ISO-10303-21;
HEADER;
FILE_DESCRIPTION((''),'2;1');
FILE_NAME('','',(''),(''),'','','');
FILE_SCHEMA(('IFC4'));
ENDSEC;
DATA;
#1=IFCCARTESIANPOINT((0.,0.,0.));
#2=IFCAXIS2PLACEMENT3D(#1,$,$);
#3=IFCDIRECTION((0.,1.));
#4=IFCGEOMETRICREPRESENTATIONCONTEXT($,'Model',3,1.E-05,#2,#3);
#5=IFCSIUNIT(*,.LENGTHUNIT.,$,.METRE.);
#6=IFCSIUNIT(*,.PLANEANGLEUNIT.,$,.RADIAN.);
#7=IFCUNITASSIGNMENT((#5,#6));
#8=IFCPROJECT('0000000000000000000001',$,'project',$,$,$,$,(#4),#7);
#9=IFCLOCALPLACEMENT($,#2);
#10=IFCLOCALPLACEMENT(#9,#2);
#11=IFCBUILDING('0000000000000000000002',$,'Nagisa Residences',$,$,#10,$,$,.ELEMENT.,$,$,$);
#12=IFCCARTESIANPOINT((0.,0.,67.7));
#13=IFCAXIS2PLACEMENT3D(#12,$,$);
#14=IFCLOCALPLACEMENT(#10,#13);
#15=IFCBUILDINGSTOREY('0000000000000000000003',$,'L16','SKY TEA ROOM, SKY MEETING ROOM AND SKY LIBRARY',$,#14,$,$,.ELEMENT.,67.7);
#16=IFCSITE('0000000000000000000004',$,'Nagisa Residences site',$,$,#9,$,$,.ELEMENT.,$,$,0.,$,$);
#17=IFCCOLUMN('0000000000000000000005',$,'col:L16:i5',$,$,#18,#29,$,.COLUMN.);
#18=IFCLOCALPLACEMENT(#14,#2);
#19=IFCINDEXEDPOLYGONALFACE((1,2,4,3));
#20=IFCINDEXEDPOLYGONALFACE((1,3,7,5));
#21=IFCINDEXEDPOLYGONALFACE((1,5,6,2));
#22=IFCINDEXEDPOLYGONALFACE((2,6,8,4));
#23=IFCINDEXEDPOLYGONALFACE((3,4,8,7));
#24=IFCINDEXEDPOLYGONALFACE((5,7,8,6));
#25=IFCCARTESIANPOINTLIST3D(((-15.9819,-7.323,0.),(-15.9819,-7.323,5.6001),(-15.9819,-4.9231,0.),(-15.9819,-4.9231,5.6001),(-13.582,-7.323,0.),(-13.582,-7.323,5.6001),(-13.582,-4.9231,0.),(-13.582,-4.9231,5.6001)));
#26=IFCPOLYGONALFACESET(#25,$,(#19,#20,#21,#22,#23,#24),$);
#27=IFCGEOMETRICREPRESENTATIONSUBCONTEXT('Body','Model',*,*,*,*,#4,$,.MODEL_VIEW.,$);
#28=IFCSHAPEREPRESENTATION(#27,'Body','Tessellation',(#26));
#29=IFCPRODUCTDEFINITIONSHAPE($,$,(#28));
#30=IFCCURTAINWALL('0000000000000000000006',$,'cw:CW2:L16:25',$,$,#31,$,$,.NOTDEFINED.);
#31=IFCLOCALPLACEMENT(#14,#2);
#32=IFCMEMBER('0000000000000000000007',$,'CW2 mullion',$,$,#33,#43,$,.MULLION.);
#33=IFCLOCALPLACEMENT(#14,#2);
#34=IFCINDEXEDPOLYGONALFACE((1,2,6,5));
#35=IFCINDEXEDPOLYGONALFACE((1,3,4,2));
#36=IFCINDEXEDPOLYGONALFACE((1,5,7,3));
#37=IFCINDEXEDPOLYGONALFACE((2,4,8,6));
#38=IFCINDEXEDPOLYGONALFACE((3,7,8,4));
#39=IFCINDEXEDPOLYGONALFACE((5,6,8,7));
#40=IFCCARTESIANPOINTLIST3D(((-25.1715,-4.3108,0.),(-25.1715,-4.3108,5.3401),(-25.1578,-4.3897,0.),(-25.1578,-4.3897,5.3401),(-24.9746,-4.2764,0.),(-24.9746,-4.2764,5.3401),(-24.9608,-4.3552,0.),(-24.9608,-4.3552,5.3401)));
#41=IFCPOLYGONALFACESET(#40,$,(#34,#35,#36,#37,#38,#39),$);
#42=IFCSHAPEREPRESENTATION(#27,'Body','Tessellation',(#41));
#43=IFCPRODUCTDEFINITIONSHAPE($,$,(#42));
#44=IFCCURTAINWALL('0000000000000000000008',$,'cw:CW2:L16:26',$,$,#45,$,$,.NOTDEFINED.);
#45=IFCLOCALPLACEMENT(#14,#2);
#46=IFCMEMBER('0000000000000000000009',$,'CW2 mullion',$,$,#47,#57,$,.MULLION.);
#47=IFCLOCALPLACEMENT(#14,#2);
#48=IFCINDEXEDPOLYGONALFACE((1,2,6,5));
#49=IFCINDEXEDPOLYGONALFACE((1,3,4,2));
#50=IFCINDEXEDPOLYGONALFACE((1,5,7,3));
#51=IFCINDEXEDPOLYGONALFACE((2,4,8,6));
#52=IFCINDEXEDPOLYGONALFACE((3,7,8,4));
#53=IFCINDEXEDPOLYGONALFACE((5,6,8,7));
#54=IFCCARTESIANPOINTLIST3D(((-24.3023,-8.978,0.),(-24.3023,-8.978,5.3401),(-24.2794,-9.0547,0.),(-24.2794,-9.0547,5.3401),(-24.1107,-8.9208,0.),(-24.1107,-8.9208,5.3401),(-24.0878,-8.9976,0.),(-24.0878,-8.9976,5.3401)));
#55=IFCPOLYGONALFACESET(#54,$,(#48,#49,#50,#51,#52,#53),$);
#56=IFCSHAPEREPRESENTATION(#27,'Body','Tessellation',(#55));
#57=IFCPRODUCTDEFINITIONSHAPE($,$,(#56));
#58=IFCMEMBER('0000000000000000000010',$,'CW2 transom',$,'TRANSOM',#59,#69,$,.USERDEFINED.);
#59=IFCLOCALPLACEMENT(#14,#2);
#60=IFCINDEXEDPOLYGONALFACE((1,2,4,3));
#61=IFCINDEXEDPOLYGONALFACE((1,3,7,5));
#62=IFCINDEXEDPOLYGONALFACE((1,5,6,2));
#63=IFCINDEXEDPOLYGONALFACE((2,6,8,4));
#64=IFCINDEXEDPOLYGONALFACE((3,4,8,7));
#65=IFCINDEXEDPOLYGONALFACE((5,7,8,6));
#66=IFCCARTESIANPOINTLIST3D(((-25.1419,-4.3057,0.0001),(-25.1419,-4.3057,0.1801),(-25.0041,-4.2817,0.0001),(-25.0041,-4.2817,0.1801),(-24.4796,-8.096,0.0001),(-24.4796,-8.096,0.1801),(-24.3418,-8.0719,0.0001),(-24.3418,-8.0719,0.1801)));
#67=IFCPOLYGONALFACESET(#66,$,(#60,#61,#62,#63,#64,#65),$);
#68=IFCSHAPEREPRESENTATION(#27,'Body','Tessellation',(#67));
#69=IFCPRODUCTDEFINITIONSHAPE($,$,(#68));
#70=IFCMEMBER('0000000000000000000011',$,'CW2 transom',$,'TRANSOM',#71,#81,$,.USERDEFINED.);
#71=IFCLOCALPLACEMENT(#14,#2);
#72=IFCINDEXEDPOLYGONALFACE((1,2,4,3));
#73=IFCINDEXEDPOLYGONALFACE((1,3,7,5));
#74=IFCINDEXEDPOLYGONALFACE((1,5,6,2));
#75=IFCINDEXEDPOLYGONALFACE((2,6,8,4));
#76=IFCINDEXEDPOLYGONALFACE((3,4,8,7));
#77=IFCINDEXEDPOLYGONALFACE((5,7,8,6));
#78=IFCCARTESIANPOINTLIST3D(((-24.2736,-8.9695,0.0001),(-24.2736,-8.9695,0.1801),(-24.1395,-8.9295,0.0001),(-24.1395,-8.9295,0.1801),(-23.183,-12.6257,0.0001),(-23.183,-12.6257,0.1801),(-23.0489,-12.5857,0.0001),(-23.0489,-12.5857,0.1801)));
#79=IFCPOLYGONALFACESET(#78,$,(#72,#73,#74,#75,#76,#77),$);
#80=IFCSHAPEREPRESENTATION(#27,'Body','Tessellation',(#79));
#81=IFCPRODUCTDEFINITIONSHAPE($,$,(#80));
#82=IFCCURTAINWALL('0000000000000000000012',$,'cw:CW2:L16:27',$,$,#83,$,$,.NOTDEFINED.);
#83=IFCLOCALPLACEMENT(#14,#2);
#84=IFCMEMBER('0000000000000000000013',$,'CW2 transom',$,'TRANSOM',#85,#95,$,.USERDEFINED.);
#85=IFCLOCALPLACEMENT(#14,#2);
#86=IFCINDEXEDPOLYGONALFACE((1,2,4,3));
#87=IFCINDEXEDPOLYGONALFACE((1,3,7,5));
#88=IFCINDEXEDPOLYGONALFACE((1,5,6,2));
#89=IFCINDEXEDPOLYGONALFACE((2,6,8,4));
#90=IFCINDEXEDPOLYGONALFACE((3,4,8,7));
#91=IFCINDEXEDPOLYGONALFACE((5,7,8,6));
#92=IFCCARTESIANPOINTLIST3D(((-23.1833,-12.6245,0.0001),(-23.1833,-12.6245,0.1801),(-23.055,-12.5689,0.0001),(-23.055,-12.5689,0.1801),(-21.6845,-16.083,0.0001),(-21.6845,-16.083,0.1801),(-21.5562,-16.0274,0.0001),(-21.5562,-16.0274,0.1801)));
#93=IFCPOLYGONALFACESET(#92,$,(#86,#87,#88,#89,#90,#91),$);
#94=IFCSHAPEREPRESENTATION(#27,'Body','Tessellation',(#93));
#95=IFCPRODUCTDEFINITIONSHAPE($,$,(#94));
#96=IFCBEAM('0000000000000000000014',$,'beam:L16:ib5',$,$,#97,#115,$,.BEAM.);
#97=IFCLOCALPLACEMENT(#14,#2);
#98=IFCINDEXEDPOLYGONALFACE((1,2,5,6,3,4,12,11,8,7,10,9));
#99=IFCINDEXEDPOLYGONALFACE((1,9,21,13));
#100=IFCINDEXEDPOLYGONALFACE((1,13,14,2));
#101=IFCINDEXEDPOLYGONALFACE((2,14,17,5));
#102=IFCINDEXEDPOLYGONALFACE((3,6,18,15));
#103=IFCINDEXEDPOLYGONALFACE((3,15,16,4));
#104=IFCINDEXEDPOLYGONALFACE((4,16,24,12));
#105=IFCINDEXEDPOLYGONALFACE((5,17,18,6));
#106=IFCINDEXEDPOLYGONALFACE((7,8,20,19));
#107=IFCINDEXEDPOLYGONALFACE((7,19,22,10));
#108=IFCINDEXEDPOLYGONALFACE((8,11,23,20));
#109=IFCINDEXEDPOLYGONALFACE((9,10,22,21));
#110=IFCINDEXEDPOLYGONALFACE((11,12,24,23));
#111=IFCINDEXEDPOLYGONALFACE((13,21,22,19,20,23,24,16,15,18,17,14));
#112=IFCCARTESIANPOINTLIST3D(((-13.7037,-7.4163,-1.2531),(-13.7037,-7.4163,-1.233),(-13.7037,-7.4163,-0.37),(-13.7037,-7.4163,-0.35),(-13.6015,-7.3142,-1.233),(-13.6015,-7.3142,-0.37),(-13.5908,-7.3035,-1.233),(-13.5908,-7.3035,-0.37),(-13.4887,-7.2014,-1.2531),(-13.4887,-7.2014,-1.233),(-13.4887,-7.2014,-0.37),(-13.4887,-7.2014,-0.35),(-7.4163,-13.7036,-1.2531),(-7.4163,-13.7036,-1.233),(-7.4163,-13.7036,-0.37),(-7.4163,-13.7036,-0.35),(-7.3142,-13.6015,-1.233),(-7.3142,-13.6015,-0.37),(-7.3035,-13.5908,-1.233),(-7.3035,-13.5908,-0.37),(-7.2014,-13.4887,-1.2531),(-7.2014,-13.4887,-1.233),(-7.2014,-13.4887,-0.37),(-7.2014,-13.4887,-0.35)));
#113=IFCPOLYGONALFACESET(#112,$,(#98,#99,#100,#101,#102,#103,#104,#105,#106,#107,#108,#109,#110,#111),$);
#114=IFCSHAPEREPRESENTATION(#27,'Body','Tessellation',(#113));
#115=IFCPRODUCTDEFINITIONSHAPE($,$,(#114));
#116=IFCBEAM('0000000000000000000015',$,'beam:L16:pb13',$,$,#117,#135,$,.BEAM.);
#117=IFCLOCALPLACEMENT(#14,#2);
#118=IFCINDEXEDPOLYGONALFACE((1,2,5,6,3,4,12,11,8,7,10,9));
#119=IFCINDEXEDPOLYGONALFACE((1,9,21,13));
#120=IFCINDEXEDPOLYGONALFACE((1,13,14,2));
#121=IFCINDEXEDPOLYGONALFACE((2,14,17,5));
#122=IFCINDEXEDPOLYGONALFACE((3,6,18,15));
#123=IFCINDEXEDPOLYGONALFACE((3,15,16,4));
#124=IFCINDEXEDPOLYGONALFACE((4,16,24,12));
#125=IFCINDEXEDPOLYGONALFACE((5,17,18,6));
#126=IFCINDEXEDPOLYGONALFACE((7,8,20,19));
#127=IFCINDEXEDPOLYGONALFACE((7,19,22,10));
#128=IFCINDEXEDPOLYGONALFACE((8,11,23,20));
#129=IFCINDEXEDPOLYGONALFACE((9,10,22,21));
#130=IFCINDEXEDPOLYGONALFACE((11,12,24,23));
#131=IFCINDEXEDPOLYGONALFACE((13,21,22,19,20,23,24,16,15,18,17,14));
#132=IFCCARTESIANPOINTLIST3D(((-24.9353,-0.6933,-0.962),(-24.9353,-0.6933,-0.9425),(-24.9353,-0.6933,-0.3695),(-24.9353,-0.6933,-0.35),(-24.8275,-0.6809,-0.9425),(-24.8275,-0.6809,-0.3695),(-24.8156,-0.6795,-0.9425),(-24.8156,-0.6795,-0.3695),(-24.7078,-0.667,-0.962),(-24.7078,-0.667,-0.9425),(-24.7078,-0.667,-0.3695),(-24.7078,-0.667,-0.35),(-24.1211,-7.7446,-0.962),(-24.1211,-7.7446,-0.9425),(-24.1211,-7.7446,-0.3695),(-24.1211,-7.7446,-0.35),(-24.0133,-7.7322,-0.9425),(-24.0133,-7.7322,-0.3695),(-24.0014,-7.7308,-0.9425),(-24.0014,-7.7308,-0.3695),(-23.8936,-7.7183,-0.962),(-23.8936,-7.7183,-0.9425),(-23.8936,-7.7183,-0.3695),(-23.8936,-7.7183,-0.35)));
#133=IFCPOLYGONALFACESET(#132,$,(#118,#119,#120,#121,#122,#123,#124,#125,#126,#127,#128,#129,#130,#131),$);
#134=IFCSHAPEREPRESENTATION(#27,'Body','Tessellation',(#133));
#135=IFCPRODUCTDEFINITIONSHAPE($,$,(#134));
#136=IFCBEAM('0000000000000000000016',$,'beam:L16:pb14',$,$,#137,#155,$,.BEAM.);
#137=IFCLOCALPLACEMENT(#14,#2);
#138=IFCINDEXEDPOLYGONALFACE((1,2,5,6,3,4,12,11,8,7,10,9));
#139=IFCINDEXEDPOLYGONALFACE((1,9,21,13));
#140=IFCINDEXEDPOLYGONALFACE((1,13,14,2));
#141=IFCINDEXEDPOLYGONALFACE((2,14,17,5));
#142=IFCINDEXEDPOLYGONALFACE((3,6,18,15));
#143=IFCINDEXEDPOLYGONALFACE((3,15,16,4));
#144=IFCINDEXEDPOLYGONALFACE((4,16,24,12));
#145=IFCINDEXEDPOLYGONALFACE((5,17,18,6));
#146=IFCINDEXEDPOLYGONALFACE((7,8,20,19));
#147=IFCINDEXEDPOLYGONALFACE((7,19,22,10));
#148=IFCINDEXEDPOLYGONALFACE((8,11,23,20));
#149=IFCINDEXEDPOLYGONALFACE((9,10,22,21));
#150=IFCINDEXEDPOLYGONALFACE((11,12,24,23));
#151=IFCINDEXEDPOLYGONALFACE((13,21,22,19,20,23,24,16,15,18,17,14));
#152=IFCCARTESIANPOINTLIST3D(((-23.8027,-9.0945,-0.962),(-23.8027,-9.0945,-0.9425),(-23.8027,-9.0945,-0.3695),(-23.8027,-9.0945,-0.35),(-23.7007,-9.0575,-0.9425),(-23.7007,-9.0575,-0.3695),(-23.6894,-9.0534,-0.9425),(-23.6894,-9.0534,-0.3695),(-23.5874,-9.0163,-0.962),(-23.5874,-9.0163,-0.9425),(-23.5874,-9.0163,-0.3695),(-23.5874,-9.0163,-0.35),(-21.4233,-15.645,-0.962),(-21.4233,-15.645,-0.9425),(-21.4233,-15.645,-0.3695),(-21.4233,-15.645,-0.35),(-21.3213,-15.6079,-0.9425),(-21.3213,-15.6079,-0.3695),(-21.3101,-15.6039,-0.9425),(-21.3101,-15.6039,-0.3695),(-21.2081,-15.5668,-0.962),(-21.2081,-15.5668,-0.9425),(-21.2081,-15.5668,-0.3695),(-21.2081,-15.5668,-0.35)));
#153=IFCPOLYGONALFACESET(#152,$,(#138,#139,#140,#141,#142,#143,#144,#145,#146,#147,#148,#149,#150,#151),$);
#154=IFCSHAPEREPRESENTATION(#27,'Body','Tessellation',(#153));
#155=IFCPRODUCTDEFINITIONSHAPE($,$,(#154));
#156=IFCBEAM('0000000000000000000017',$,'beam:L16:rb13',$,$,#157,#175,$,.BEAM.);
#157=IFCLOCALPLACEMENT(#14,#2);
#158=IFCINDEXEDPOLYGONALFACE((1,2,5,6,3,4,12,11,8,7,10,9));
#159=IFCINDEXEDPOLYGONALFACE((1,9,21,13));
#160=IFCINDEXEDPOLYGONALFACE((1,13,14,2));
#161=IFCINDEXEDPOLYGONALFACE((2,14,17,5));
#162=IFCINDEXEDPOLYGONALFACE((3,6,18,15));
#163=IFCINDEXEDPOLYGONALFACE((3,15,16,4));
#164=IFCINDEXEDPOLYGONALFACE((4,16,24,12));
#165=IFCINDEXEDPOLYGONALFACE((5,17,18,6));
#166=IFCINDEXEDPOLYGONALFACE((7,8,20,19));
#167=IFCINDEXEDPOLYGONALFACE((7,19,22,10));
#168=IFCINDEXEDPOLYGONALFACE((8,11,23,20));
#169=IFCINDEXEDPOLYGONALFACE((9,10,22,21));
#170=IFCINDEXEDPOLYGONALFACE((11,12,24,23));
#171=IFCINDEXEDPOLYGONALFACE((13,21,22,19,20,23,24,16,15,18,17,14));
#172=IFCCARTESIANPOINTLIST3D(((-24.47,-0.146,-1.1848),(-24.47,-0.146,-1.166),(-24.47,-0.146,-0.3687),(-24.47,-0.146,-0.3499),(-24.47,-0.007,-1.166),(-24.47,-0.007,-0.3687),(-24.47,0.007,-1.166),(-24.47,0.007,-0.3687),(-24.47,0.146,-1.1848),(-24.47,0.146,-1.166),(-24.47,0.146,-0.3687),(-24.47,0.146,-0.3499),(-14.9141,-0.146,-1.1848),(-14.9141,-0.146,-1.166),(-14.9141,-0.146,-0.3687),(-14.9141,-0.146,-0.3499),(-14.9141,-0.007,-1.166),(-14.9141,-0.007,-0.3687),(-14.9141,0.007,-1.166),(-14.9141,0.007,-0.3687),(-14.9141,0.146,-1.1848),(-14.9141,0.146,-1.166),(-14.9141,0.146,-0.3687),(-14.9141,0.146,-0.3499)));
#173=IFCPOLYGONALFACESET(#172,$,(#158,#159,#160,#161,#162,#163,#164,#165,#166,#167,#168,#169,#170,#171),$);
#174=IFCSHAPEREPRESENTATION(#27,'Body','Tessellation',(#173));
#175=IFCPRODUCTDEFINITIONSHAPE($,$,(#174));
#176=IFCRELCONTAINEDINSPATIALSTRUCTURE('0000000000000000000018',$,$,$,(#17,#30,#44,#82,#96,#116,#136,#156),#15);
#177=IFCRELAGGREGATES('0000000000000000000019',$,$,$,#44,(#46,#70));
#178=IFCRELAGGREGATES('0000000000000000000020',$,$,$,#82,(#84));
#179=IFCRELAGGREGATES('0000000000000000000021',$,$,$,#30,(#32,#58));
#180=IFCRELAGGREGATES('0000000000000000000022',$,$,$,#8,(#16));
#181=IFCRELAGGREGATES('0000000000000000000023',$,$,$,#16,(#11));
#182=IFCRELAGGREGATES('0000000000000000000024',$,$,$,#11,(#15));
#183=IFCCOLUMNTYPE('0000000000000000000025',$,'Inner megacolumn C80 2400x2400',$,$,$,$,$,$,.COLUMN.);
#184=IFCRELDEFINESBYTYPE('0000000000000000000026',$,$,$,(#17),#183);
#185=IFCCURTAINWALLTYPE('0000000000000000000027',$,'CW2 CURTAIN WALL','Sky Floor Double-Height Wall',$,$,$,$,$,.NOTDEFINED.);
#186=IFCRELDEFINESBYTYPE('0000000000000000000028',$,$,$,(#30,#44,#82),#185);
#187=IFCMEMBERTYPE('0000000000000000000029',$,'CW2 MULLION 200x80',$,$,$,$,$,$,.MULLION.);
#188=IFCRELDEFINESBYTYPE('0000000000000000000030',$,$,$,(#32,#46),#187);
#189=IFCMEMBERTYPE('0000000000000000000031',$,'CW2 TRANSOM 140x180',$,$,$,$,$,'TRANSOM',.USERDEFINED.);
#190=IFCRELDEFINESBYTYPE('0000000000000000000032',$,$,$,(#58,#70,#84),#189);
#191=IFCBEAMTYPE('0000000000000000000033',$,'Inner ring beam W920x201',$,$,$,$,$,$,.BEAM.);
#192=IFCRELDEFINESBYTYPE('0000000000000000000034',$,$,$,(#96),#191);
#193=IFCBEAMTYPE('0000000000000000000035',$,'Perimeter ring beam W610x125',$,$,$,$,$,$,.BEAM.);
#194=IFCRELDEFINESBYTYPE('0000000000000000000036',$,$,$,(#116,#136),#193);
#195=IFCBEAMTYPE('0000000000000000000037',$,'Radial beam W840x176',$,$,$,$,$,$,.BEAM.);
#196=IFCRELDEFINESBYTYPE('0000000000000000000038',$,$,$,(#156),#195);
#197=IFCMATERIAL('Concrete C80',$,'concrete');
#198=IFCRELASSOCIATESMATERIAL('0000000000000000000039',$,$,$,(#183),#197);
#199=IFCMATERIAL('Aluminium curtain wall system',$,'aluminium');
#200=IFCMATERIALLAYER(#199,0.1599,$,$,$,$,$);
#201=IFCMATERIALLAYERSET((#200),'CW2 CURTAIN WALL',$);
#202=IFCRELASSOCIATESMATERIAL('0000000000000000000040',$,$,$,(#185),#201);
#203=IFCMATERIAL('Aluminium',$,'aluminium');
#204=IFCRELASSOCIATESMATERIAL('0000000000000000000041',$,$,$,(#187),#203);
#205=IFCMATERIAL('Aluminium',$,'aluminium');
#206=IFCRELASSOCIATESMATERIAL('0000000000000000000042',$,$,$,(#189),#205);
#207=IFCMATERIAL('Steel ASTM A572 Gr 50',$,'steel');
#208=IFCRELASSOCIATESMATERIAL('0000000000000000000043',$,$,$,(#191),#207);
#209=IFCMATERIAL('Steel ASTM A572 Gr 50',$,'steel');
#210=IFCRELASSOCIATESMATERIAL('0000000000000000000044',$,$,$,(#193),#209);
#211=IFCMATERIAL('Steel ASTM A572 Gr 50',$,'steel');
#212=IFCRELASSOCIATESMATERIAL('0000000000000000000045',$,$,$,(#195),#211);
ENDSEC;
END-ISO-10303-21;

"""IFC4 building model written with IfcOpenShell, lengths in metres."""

from ifc_helpers import new_model, si_unit, direction, frame, origin, origin_2d, place, context, subcontext, project, spatial, rectangle, i_section, extrude, material, layer, layer_set, material_profile, profile_set, type_object, element, aggregate, save


model = new_model("IFC4")

# Units and contexts
model_context = context("Model", 3, precision=1e-05, world=origin(), true_north=direction((0.0, 1.0)))
body_context = subcontext(model_context, "Body", "Model", "MODEL_VIEW")
ifc_project = project(units=[si_unit("LENGTHUNIT", "METRE"), si_unit("PLANEANGLEUNIT", "RADIAN")], contexts=[model_context])

# Site, building, storey
site_placement = place(None, origin())
site = spatial("IfcSite", under=ifc_project, at=site_placement, Name="Nagisa Residences site", CompositionType="ELEMENT", RefElevation=0.0)
building_placement = place(site_placement, origin())
building = spatial("IfcBuilding", under=site, at=building_placement, Name="Nagisa Residences", CompositionType="ELEMENT")
storey_placement = place(building_placement, frame((0.0, 0.0, 67.7)))
storey = spatial("IfcBuildingStorey", under=building, at=storey_placement, Name="L16", Description="SKY TEA ROOM, SKY MEETING ROOM AND SKY LIBRARY", CompositionType="ELEMENT", Elevation=67.7)

# Column
ifc_material_1 = material(Name="Concrete C80", Category="concrete")
ifc_material_profile_1 = material_profile(ifc_material_1, rectangle(XDim=2.3999, YDim=2.3999, at=origin_2d()), Name="C80 2400x2400")
ifc_profile_set_1 = profile_set([ifc_material_profile_1], Name="Concrete C80")
column_type = type_object("IfcColumnType", Name="Inner megacolumn C80 2400x2400", PredefinedType="COLUMN", material=ifc_profile_set_1)
column_placement = place(storey_placement, frame((-14.782, -6.123, 0.0), z_axis=(0.0, 0.0, 1.0), x_axis=(1.0, 0.0, 0.0)))
element("IfcColumn", 1, at=column_placement, inside=storey, type_object=column_type, Name="col:L16:i5", PredefinedType="COLUMN", context=body_context, shape_type="SweptSolid", body=[
    extrude(rectangle(XDim=2.3999, YDim=2.3999, at=origin_2d()), origin(), (0.0, 0.0, 1.0), 5.6001),
])

# Curtain walls, members
ifc_material_2 = material(Name="Aluminium curtain wall system", Category="aluminium")
ifc_layer_1 = layer(ifc_material_2, 0.1599)
ifc_layer_set_1 = layer_set([ifc_layer_1], Name="CW2 CURTAIN WALL")
curtain_wall_type = type_object("IfcCurtainWallType", Name="CW2 CURTAIN WALL", Description="Sky Floor Double-Height Wall", PredefinedType="NOTDEFINED", material=ifc_layer_set_1)
curtain_wall_1_placement = place(storey_placement, origin())
curtain_wall_1 = element("IfcCurtainWall", 2, at=curtain_wall_1_placement, inside=storey, type_object=curtain_wall_type, Name="cw:CW2:L16:25", PredefinedType="NOTDEFINED")
ifc_material_3 = material(Name="Aluminium", Category="aluminium")
ifc_material_profile_2 = material_profile(ifc_material_3, rectangle(XDim=0.2, YDim=0.0801, at=origin_2d()), Name="CW2 MULLION 200x80")
ifc_profile_set_2 = profile_set([ifc_material_profile_2], Name="Aluminium")
member_type_1 = type_object("IfcMemberType", Name="CW2 MULLION 200x80", PredefinedType="MULLION", material=ifc_profile_set_2)
member_1_placement = place(storey_placement, frame((-25.0662, -4.333, 0.0), z_axis=(0.0, 0.0, 1.0), x_axis=(0.985064, 0.172191, 0.0)))
member_1 = element("IfcMember", 3, at=member_1_placement, type_object=member_type_1, Name="CW2 mullion", PredefinedType="MULLION", context=body_context, shape_type="SweptSolid", body=[
    extrude(rectangle(XDim=0.2, YDim=0.0801, at=origin_2d()), origin(), (0.0, 0.0, 1.0), 5.3401),
])
curtain_wall_2_placement = place(storey_placement, origin())
curtain_wall_2 = element("IfcCurtainWall", 4, at=curtain_wall_2_placement, inside=storey, type_object=curtain_wall_type, Name="cw:CW2:L16:26", PredefinedType="NOTDEFINED")
member_2_placement = place(storey_placement, frame((-24.1951, -8.9878, 0.0), z_axis=(0.0, 0.0, 1.0), x_axis=(0.958271, 0.28586, 0.0)))
member_2 = element("IfcMember", 5, at=member_2_placement, type_object=member_type_1, Name="CW2 mullion", PredefinedType="MULLION", context=body_context, shape_type="SweptSolid", body=[
    extrude(rectangle(XDim=0.2, YDim=0.0801, at=origin_2d()), origin(), (0.0, 0.0, 1.0), 5.3401),
])

# Members
ifc_material_4 = material(Name="Aluminium", Category="aluminium")
ifc_material_profile_3 = material_profile(ifc_material_4, rectangle(XDim=0.1399, YDim=0.1799, at=origin_2d()), Name="CW2 TRANSOM 140x180")
ifc_profile_set_3 = profile_set([ifc_material_profile_3], Name="Aluminium")
member_type_2 = type_object("IfcMemberType", Name="CW2 TRANSOM 140x180", ElementType="TRANSOM", PredefinedType="USERDEFINED", material=ifc_profile_set_3)
member_3_placement = place(storey_placement, frame((-25.073, -4.2937, 0.0901), z_axis=(0.172142, -0.985072, 0.0), x_axis=(0.985072, 0.172142, 0.0)))
member_3 = element("IfcMember", 6, at=member_3_placement, type_object=member_type_2, Name="CW2 transom", ObjectType="TRANSOM", PredefinedType="USERDEFINED", context=body_context, shape_type="SweptSolid", body=[
    extrude(rectangle(XDim=0.1399, YDim=0.1799, at=origin_2d()), origin(), (0.0, 0.0, 1.0), 3.8477),
])
member_4_placement = place(storey_placement, frame((-24.2065, -8.9495, 0.0901), z_axis=(0.285833, -0.958279, 0.0), x_axis=(0.958279, 0.285833, 0.0)))
member_4 = element("IfcMember", 7, at=member_4_placement, type_object=member_type_2, Name="CW2 transom", ObjectType="TRANSOM", PredefinedType="USERDEFINED", context=body_context, shape_type="SweptSolid", body=[
    extrude(rectangle(XDim=0.1399, YDim=0.1799, at=origin_2d()), origin(), (0.0, 0.0, 1.0), 3.8154),
])
aggregate(curtain_wall_2, [member_2, member_4])

# Curtain wall, member
curtain_wall_3_placement = place(storey_placement, origin())
curtain_wall_3 = element("IfcCurtainWall", 8, at=curtain_wall_3_placement, inside=storey, type_object=curtain_wall_type, Name="cw:CW2:L16:27", PredefinedType="NOTDEFINED")
member_5_placement = place(storey_placement, frame((-23.1191, -12.5967, 0.0901), z_axis=(0.397629, -0.917546, 0.0), x_axis=(0.917546, 0.397629, 0.0)))
member_5 = element("IfcMember", 9, at=member_5_placement, type_object=member_type_2, Name="CW2 transom", ObjectType="TRANSOM", PredefinedType="USERDEFINED", context=body_context, shape_type="SweptSolid", body=[
    extrude(rectangle(XDim=0.1399, YDim=0.1799, at=origin_2d()), origin(), (0.0, 0.0, 1.0), 3.7693),
])
aggregate(curtain_wall_3, [member_5])

# Beams
ifc_material_5 = material(Name="Steel ASTM A572 Gr 50", Category="steel")
ifc_material_profile_4 = material_profile(ifc_material_5, i_section(OverallWidth=0.304, OverallDepth=0.9031, WebThickness=0.0151, FlangeThickness=0.02, at=origin_2d()), Name="W920x201")
ifc_profile_set_4 = profile_set([ifc_material_profile_4], Name="Steel ASTM A572 Gr 50")
beam_type_1 = type_object("IfcBeamType", Name="Inner ring beam W920x201", PredefinedType="BEAM", material=ifc_profile_set_4)
beam_1_placement = place(storey_placement, frame((-13.5962, -7.3088, -0.8015), z_axis=(0.707107, -0.707107, 0.0), x_axis=(0.707107, 0.707107, 0.0)))
element("IfcBeam", 10, at=beam_1_placement, inside=storey, type_object=beam_type_1, Name="beam:L16:ib5", PredefinedType="BEAM", context=body_context, shape_type="SweptSolid", body=[
    extrude(i_section(OverallWidth=0.304, OverallDepth=0.9031, WebThickness=0.0151, FlangeThickness=0.02, at=origin_2d()), origin(), (0.0, 0.0, 1.0), 8.8916),
])
ifc_material_6 = material(Name="Steel ASTM A572 Gr 50", Category="steel")
ifc_material_profile_5 = material_profile(ifc_material_6, i_section(OverallWidth=0.229, OverallDepth=0.6121, WebThickness=0.012, FlangeThickness=0.0195, at=origin_2d()), Name="W610x125")
ifc_profile_set_5 = profile_set([ifc_material_profile_5], Name="Steel ASTM A572 Gr 50")
beam_type_2 = type_object("IfcBeamType", Name="Perimeter ring beam W610x125", PredefinedType="BEAM", material=ifc_profile_set_5)
beam_2_placement = place(storey_placement, frame((-24.8215, -0.6802, -0.656), z_axis=(0.114708, -0.993399, 0.0), x_axis=(0.993399, 0.114708, 0.0)))
element("IfcBeam", 11, at=beam_2_placement, inside=storey, type_object=beam_type_2, Name="beam:L16:pb13", PredefinedType="BEAM", context=body_context, shape_type="SweptSolid", body=[
    extrude(i_section(OverallWidth=0.229, OverallDepth=0.6121, WebThickness=0.012, FlangeThickness=0.0195, at=origin_2d()), origin(), (0.0, 0.0, 1.0), 7.0981),
])
beam_3_placement = place(storey_placement, frame((-23.6951, -9.0554, -0.656), z_axis=(0.341411, -0.939914, 0.0), x_axis=(0.939914, 0.341411, 0.0)))
element("IfcBeam", 12, at=beam_3_placement, inside=storey, type_object=beam_type_2, Name="beam:L16:pb14", PredefinedType="BEAM", context=body_context, shape_type="SweptSolid", body=[
    extrude(i_section(OverallWidth=0.229, OverallDepth=0.6121, WebThickness=0.012, FlangeThickness=0.0195, at=origin_2d()), origin(), (0.0, 0.0, 1.0), 6.9692),
])
ifc_material_7 = material(Name="Steel ASTM A572 Gr 50", Category="steel")
ifc_material_profile_6 = material_profile(ifc_material_7, i_section(OverallWidth=0.292, OverallDepth=0.835, WebThickness=0.0139, FlangeThickness=0.0188, at=origin_2d()), Name="W840x176")
ifc_profile_set_6 = profile_set([ifc_material_profile_6], Name="Steel ASTM A572 Gr 50")
beam_type_3 = type_object("IfcBeamType", Name="Radial beam W840x176", PredefinedType="BEAM", material=ifc_profile_set_6)
beam_4_placement = place(storey_placement, frame((-24.47, 0.0, -0.7673), z_axis=(1.0, 0.0, 0.0), x_axis=(0.0, 1.0, 0.0)))
element("IfcBeam", 13, at=beam_4_placement, inside=storey, type_object=beam_type_3, Name="beam:L16:rb13", PredefinedType="BEAM", context=body_context, shape_type="SweptSolid", body=[
    extrude(i_section(OverallWidth=0.292, OverallDepth=0.835, WebThickness=0.0139, FlangeThickness=0.0188, at=origin_2d()), origin(), (0.0, 0.0, 1.0), 9.5559),
])

aggregate(curtain_wall_1, [member_1, member_3])

save(model, "model.ifc")
